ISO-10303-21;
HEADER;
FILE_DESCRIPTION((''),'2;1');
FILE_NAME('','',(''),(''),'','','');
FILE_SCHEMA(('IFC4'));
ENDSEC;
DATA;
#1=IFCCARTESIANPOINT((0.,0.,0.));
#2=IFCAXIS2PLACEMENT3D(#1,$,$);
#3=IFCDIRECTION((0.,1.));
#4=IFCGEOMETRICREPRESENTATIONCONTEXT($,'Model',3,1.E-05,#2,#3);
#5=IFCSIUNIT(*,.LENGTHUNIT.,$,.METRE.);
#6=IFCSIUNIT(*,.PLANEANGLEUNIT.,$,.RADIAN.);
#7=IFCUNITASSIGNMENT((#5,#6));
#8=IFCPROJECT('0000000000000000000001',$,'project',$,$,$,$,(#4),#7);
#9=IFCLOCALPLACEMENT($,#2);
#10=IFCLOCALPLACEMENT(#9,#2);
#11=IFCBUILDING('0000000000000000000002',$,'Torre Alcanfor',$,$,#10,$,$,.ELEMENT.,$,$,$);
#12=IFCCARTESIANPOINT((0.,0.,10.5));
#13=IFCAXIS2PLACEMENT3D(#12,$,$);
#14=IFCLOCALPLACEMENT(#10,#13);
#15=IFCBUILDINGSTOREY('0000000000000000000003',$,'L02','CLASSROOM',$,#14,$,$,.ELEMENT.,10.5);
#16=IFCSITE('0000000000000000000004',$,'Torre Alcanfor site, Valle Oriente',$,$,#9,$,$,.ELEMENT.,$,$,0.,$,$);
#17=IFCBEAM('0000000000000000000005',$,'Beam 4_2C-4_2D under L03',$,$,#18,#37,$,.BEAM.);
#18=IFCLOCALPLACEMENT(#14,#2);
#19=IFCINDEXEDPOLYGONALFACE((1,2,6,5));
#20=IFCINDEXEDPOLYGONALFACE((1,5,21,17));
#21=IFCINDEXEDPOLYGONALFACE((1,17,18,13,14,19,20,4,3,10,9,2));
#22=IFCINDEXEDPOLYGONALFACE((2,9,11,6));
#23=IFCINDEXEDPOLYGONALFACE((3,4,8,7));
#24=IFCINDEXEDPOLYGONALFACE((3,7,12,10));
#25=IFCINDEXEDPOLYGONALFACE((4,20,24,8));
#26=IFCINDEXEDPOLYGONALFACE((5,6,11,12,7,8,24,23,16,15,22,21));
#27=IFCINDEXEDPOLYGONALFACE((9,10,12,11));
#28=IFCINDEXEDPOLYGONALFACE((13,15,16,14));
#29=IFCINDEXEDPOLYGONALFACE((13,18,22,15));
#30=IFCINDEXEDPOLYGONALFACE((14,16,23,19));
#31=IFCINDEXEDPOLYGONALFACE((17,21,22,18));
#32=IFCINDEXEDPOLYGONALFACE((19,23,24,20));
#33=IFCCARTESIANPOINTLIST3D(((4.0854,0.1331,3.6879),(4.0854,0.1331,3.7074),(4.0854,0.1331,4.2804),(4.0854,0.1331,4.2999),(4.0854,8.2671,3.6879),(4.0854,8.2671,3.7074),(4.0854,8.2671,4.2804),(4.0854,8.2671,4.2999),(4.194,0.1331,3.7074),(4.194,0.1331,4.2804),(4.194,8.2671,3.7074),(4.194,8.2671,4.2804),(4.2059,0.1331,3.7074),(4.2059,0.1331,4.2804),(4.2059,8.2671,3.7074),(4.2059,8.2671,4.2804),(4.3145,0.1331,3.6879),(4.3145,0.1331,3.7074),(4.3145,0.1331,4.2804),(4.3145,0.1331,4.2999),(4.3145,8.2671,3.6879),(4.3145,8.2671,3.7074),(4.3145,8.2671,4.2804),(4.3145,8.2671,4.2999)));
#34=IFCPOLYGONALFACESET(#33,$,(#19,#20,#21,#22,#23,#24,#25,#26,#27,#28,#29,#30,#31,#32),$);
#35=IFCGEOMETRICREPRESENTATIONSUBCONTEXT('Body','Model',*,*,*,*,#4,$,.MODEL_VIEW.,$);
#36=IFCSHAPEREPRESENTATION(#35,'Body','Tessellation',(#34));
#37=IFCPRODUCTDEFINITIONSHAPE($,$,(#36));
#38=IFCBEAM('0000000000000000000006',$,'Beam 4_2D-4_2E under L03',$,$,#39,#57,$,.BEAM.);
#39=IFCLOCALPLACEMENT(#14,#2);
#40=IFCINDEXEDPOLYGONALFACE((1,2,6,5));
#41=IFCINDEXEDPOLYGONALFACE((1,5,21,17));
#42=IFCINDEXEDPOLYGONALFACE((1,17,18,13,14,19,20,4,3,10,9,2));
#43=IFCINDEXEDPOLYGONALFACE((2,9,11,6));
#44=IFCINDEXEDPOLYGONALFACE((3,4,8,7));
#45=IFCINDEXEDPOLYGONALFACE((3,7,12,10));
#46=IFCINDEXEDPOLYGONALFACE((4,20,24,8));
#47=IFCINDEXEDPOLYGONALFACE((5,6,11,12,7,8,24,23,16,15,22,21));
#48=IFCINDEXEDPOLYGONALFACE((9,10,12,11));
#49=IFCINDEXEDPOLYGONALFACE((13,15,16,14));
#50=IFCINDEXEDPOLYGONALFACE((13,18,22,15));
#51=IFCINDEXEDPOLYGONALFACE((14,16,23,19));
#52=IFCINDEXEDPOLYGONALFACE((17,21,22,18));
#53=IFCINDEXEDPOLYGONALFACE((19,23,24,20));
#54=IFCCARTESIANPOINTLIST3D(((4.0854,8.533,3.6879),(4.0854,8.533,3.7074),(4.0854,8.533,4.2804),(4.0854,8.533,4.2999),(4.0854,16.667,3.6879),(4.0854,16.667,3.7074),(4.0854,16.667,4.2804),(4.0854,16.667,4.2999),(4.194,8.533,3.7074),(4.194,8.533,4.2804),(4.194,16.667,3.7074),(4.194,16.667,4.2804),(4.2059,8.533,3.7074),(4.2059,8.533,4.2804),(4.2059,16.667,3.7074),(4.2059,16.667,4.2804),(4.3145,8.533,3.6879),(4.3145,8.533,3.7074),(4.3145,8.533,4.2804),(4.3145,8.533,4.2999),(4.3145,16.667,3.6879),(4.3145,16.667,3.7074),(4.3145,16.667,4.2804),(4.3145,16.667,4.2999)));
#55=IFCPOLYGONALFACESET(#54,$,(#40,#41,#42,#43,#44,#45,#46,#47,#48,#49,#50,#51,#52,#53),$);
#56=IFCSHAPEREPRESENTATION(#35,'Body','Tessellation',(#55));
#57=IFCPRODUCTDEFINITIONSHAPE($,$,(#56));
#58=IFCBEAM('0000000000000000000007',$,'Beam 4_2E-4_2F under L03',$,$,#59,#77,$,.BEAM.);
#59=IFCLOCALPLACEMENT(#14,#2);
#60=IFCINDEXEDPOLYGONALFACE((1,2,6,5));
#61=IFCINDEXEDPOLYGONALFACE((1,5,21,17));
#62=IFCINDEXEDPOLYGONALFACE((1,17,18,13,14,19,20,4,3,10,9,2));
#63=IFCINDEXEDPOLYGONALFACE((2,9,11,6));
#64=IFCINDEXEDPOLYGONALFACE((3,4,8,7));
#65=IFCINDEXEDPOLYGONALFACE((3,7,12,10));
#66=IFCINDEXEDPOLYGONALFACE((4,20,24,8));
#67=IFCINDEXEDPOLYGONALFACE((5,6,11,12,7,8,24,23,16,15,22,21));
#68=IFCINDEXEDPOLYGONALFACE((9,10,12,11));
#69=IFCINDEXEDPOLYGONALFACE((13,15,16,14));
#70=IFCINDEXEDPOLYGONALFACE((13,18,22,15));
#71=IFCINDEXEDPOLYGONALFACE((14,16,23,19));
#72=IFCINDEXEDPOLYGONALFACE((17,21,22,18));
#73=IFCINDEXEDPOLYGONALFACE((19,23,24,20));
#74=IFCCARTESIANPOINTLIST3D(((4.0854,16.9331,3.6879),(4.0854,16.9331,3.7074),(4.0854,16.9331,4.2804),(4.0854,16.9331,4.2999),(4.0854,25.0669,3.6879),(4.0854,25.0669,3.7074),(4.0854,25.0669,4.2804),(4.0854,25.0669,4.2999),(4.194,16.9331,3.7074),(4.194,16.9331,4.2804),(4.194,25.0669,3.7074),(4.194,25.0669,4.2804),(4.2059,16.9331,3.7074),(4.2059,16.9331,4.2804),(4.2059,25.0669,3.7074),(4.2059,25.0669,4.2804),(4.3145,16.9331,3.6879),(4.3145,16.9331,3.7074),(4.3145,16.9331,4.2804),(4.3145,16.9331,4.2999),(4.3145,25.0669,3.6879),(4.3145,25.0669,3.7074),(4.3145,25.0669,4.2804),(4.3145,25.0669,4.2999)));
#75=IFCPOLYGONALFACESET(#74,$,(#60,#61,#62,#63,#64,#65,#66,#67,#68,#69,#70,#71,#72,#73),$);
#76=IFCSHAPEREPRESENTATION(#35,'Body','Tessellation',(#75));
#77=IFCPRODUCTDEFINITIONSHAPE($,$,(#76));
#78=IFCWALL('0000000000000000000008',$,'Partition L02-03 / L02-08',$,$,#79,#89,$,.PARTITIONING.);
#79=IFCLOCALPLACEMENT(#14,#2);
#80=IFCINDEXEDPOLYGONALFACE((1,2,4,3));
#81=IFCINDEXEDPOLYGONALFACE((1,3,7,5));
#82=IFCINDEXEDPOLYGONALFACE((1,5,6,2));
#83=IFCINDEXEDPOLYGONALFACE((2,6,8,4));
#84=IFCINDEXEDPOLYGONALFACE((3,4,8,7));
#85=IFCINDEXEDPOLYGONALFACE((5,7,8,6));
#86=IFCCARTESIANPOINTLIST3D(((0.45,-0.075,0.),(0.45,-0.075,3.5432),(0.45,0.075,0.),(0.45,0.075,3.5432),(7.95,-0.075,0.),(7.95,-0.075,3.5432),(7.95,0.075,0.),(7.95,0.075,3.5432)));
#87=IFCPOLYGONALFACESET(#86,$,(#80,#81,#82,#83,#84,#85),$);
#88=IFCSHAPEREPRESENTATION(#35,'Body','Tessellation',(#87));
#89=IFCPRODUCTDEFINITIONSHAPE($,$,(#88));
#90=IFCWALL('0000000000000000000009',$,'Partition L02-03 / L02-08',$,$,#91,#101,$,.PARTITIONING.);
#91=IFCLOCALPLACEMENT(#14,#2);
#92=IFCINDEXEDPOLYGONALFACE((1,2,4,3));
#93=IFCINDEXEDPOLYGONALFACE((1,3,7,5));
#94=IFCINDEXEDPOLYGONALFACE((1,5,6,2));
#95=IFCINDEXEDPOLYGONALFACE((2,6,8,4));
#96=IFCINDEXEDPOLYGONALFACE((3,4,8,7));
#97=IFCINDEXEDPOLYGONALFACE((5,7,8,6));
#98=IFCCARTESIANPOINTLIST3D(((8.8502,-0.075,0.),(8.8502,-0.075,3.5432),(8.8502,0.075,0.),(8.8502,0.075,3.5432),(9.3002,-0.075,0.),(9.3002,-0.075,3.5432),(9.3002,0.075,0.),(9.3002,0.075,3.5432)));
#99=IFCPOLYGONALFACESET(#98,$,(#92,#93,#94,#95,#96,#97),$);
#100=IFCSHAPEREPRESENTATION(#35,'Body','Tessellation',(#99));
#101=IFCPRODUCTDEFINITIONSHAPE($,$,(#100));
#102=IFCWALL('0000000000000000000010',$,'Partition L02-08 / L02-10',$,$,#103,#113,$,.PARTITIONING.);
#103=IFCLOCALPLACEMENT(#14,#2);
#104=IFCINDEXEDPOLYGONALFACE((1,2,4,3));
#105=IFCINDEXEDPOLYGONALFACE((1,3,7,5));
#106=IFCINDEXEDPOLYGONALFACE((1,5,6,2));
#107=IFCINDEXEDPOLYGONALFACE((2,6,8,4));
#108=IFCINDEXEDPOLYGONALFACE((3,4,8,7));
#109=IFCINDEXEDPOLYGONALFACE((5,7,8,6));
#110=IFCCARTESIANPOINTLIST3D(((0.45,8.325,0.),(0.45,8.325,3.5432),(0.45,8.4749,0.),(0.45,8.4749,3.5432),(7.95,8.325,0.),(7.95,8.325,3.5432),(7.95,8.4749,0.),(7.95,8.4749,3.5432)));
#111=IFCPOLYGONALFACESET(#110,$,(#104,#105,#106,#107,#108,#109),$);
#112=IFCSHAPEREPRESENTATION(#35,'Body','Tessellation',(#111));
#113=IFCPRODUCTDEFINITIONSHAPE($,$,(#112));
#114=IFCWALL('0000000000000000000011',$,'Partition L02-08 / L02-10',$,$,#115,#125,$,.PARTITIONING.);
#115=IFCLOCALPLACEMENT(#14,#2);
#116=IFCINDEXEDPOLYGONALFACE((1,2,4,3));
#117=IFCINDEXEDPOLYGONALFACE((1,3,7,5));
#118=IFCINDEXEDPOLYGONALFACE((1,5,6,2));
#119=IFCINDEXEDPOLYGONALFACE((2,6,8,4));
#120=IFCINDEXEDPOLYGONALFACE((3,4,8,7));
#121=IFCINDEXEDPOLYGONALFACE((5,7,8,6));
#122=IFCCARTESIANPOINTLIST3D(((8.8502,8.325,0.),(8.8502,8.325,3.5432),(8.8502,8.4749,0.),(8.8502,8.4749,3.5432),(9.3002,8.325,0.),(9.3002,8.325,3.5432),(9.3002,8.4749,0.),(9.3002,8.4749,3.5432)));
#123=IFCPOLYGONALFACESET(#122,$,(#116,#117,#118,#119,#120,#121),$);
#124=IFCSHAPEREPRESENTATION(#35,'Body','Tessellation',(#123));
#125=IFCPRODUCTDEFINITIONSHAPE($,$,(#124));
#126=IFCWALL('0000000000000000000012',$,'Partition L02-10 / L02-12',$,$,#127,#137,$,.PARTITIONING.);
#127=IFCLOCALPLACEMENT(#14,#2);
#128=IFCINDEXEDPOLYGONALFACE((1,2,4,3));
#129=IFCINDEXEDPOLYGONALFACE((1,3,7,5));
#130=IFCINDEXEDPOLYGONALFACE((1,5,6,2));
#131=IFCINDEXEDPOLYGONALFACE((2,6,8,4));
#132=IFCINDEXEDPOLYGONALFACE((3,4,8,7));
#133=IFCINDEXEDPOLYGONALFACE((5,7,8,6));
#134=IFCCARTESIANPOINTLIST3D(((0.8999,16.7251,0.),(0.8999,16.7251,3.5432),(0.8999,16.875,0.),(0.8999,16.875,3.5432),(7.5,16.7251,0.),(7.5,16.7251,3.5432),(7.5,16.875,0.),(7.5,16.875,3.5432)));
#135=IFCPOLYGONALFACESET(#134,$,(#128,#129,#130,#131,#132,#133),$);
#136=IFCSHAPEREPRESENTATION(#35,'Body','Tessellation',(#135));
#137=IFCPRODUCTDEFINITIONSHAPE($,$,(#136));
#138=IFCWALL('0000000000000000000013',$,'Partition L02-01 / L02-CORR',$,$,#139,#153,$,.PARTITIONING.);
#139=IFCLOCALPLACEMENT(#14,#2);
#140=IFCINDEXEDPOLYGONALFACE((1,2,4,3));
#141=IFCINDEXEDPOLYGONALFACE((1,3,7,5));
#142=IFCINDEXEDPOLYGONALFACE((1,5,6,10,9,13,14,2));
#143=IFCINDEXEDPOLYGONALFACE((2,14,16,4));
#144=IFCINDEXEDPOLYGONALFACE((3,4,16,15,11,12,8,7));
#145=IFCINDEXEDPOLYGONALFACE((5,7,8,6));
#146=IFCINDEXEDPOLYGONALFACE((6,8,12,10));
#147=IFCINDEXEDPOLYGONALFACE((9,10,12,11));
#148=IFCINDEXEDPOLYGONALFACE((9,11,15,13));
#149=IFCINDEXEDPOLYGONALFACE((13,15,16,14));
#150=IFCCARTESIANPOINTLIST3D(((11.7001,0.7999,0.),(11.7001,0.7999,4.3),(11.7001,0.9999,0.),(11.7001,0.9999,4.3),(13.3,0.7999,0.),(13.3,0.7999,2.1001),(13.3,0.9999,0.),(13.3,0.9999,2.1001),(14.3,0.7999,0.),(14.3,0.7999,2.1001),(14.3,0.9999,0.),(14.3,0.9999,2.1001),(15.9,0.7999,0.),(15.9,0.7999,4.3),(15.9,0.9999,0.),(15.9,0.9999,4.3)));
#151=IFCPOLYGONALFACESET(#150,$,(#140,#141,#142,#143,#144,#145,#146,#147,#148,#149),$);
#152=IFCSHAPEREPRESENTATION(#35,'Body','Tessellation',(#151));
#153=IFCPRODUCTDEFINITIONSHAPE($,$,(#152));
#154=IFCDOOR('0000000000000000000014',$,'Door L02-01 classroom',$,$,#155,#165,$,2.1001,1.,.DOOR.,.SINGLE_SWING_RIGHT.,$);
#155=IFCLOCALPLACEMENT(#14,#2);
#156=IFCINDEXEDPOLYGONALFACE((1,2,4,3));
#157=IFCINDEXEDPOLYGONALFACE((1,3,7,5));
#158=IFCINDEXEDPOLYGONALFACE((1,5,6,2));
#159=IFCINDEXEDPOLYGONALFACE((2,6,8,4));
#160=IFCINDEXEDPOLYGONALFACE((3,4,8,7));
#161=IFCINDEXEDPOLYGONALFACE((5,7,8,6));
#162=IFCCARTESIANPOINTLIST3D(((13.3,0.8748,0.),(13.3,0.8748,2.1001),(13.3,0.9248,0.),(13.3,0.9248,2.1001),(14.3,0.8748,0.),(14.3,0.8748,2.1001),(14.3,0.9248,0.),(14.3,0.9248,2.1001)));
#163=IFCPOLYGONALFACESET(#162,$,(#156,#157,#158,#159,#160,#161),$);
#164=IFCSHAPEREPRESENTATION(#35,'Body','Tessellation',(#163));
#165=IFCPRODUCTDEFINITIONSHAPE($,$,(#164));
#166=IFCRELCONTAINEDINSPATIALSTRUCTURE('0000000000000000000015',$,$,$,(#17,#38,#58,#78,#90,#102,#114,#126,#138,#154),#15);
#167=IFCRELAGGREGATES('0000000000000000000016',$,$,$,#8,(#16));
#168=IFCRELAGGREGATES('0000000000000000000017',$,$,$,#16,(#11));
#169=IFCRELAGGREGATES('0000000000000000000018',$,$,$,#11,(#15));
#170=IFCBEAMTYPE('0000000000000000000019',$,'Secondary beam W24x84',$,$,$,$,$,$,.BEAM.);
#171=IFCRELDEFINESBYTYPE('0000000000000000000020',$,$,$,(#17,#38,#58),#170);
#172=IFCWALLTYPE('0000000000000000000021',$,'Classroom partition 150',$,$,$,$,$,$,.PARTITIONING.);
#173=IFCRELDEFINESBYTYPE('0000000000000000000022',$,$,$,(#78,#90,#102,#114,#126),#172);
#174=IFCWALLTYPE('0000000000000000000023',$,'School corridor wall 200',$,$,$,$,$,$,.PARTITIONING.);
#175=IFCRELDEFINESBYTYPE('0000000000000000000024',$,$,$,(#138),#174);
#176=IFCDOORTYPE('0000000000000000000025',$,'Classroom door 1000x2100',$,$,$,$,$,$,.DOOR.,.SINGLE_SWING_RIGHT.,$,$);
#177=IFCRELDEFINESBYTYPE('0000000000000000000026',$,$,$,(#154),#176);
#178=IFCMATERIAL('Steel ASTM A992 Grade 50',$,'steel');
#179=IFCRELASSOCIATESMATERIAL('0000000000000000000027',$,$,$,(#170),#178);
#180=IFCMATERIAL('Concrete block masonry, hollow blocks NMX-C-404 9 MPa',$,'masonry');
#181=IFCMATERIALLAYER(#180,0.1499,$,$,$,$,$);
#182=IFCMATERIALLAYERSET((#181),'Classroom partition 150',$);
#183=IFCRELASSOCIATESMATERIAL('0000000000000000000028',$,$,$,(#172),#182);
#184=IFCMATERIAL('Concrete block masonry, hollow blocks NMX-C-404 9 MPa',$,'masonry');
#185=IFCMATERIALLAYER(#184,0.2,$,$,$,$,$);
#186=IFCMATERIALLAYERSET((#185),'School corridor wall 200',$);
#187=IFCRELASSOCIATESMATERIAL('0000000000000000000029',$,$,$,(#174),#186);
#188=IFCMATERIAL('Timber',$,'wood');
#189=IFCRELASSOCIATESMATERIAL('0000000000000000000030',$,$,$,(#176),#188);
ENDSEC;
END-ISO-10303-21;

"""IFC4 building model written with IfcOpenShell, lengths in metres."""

from ifc_helpers import new_model, si_unit, direction, frame, frame_2d, origin, origin_2d, place, context, subcontext, project, spatial, rectangle, i_section, extrude, material, layer, layer_set, material_profile, profile_set, type_object, element, fill, save


model = new_model("IFC4")

# Units and contexts
model_context = context("Model", 3, precision=1e-05, world=origin(), true_north=direction((0.0, 1.0)))
body_context = subcontext(model_context, "Body", "Model", "MODEL_VIEW")
ifc_project = project(units=[si_unit("LENGTHUNIT", "METRE"), si_unit("PLANEANGLEUNIT", "RADIAN")], contexts=[model_context])

# Site, building, storey
site_placement = place(None, origin())
site = spatial("IfcSite", under=ifc_project, at=site_placement, Name="Torre Alcanfor site, Valle Oriente", CompositionType="ELEMENT", RefElevation=0.0)
building_placement = place(site_placement, origin())
building = spatial("IfcBuilding", under=site, at=building_placement, Name="Torre Alcanfor", CompositionType="ELEMENT")
storey_placement = place(building_placement, frame((0.0, 0.0, 10.5)))
storey = spatial("IfcBuildingStorey", under=building, at=storey_placement, Name="L02", Description="CLASSROOM", CompositionType="ELEMENT", Elevation=10.5)

# Beams
ifc_material_1 = material(Name="Steel ASTM A992 Grade 50", Category="steel")
ifc_material_profile_1 = material_profile(ifc_material_1, i_section(OverallWidth=0.229, OverallDepth=0.6121, WebThickness=0.012, FlangeThickness=0.0195, at=origin_2d()), Name="W24x84")
ifc_profile_set_1 = profile_set([ifc_material_profile_1], Name="Steel ASTM A992 Grade 50")
beam_type_1 = type_object("IfcBeamType", Name="Secondary beam W24x84", PredefinedType="BEAM", material=ifc_profile_set_1)
for number, where, z_axis, x_axis, name in (
    (1, (4.2, 0.1331, 3.9939), (0.0, 1.0, 0.0), (-1.0, 0.0, 0.0), "Beam 4_2C-4_2D under L03"),
    (2, (4.2, 8.533, 3.9939), (0.0, 1.0, 0.0), (-1.0, 0.0, 0.0), "Beam 4_2D-4_2E under L03"),
):
    element("IfcBeam", number, at=place(storey_placement, frame(where, z_axis=z_axis, x_axis=x_axis)), inside=storey, type_object=beam_type_1, Name=name, PredefinedType="BEAM", context=body_context, shape_type="SweptSolid", body=[
        extrude(i_section(OverallWidth=0.229, OverallDepth=0.6121, WebThickness=0.012, FlangeThickness=0.0195, at=origin_2d()), origin(), (0.0, 0.0, 1.0), 8.134),
    ])
beam_1_placement = place(storey_placement, frame((4.2, 16.9331, 3.9939), z_axis=(0.0, 1.0, 0.0), x_axis=(-1.0, 0.0, 0.0)))
element("IfcBeam", 3, at=beam_1_placement, inside=storey, type_object=beam_type_1, Name="Beam 4_2E-4_2F under L03", PredefinedType="BEAM", context=body_context, shape_type="SweptSolid", body=[
    extrude(i_section(OverallWidth=0.229, OverallDepth=0.6121, WebThickness=0.012, FlangeThickness=0.0195, at=origin_2d()), origin(), (0.0, 0.0, 1.0), 8.1338),
])

# Walls
ifc_material_2 = material(Name="Concrete block masonry, hollow blocks NMX-C-404 9 MPa", Category="masonry")
ifc_layer_1 = layer(ifc_material_2, 0.1499)
ifc_layer_set_1 = layer_set([ifc_layer_1], Name="Classroom partition 150")
wall_type_1 = type_object("IfcWallType", Name="Classroom partition 150", PredefinedType="PARTITIONING", material=ifc_layer_set_1)
wall_1_placement = place(storey_placement, frame((0.45, 0.0, 0.0), z_axis=(0.0, 0.0, 1.0), x_axis=(1.0, 0.0, 0.0)))
element("IfcWall", 4, at=wall_1_placement, inside=storey, type_object=wall_type_1, Name="Partition L02-03 / L02-08", PredefinedType="PARTITIONING", context=body_context, shape_type="SweptSolid", body=[
    extrude(rectangle(XDim=7.5, YDim=0.1499, at=frame_2d((3.75, 0.0))), origin(), (0.0, 0.0, 1.0), 3.5432),
])
wall_2_placement = place(storey_placement, frame((8.8501, 0.0, 0.0), z_axis=(0.0, 0.0, 1.0), x_axis=(1.0, 0.0, 0.0)))
element("IfcWall", 5, at=wall_2_placement, inside=storey, type_object=wall_type_1, Name="Partition L02-03 / L02-08", PredefinedType="PARTITIONING", context=body_context, shape_type="SweptSolid", body=[
    extrude(rectangle(XDim=0.45, YDim=0.1499, at=frame_2d((0.2251, 0.0))), origin(), (0.0, 0.0, 1.0), 3.5432),
])
wall_3_placement = place(storey_placement, frame((0.45, 8.3999, 0.0), z_axis=(0.0, 0.0, 1.0), x_axis=(1.0, 0.0, 0.0)))
element("IfcWall", 6, at=wall_3_placement, inside=storey, type_object=wall_type_1, Name="Partition L02-08 / L02-10", PredefinedType="PARTITIONING", context=body_context, shape_type="SweptSolid", body=[
    extrude(rectangle(XDim=7.5, YDim=0.1499, at=frame_2d((3.75, 0.0))), origin(), (0.0, 0.0, 1.0), 3.5432),
])
wall_4_placement = place(storey_placement, frame((8.8501, 8.3999, 0.0), z_axis=(0.0, 0.0, 1.0), x_axis=(1.0, 0.0, 0.0)))
element("IfcWall", 7, at=wall_4_placement, inside=storey, type_object=wall_type_1, Name="Partition L02-08 / L02-10", PredefinedType="PARTITIONING", context=body_context, shape_type="SweptSolid", body=[
    extrude(rectangle(XDim=0.45, YDim=0.1499, at=frame_2d((0.2251, 0.0))), origin(), (0.0, 0.0, 1.0), 3.5432),
])
wall_5_placement = place(storey_placement, frame((0.8999, 16.8, 0.0), z_axis=(0.0, 0.0, 1.0), x_axis=(1.0, 0.0, 0.0)))
element("IfcWall", 8, at=wall_5_placement, inside=storey, type_object=wall_type_1, Name="Partition L02-10 / L02-12", PredefinedType="PARTITIONING", context=body_context, shape_type="SweptSolid", body=[
    extrude(rectangle(XDim=6.6001, YDim=0.1499, at=frame_2d((3.3, 0.0))), origin(), (0.0, 0.0, 1.0), 3.5432),
])

# Wall, opening, door
ifc_material_3 = material(Name="Concrete block masonry, hollow blocks NMX-C-404 9 MPa", Category="masonry")
ifc_layer_2 = layer(ifc_material_3, 0.2)
ifc_layer_set_2 = layer_set([ifc_layer_2], Name="School corridor wall 200")
wall_type_2 = type_object("IfcWallType", Name="School corridor wall 200", PredefinedType="PARTITIONING", material=ifc_layer_set_2)
wall_6_placement = place(storey_placement, frame((11.7, 0.8999, 0.0), z_axis=(0.0, 0.0, 1.0), x_axis=(1.0, 0.0, 0.0)))
wall_6 = element("IfcWall", 9, at=wall_6_placement, inside=storey, type_object=wall_type_2, Name="Partition L02-01 / L02-CORR", PredefinedType="PARTITIONING", context=body_context, shape_type="SweptSolid", body=[
    extrude(rectangle(XDim=4.2, YDim=0.2, at=frame_2d((2.1001, 0.0))), origin(), (0.0, 0.0, 1.0), 4.3),
])
opening_1_placement = place(wall_6_placement, frame((1.6001, 0.0, 0.0)))
opening_1 = element("IfcOpeningElement", 10, at=opening_1_placement, cuts=wall_6, PredefinedType="OPENING", context=body_context, shape_type="SweptSolid", body=[
    extrude(rectangle(XDim=1.0, YDim=2.1001, at=frame_2d((0.5, 1.05))), frame((0.0, 0.1099, 0.0), z_axis=(0.0, -1.0, 0.0), x_axis=(1.0, 0.0, 0.0)), (0.0, 0.0, 1.0), 0.22),
])
ifc_material_4 = material(Name="Timber", Category="wood")
door_type = type_object("IfcDoorType", Name="Classroom door 1000x2100", OperationType="SINGLE_SWING_RIGHT", PredefinedType="DOOR", material=ifc_material_4)
door_1_placement = place(opening_1_placement, frame((1.0, 0.0, 0.0), z_axis=(0.0, 0.0, 1.0), x_axis=(-1.0, 0.0, 0.0)))
door_1 = element("IfcDoor", 11, at=door_1_placement, inside=storey, type_object=door_type, Name="Door L02-01 classroom", OperationType="SINGLE_SWING_RIGHT", OverallHeight=2.1001, OverallWidth=1.0, PredefinedType="DOOR", context=body_context, shape_type="SweptSolid", body=[
    extrude(rectangle(XDim=1.0, YDim=2.1001, at=frame_2d((0.5, 1.05))), frame((0.0, 0.0251, 0.0), z_axis=(0.0, -1.0, 0.0), x_axis=(1.0, 0.0, 0.0)), (0.0, 0.0, 1.0), 0.05),
])
fill(opening_1, door_1)

save(model, "model.ifc")
